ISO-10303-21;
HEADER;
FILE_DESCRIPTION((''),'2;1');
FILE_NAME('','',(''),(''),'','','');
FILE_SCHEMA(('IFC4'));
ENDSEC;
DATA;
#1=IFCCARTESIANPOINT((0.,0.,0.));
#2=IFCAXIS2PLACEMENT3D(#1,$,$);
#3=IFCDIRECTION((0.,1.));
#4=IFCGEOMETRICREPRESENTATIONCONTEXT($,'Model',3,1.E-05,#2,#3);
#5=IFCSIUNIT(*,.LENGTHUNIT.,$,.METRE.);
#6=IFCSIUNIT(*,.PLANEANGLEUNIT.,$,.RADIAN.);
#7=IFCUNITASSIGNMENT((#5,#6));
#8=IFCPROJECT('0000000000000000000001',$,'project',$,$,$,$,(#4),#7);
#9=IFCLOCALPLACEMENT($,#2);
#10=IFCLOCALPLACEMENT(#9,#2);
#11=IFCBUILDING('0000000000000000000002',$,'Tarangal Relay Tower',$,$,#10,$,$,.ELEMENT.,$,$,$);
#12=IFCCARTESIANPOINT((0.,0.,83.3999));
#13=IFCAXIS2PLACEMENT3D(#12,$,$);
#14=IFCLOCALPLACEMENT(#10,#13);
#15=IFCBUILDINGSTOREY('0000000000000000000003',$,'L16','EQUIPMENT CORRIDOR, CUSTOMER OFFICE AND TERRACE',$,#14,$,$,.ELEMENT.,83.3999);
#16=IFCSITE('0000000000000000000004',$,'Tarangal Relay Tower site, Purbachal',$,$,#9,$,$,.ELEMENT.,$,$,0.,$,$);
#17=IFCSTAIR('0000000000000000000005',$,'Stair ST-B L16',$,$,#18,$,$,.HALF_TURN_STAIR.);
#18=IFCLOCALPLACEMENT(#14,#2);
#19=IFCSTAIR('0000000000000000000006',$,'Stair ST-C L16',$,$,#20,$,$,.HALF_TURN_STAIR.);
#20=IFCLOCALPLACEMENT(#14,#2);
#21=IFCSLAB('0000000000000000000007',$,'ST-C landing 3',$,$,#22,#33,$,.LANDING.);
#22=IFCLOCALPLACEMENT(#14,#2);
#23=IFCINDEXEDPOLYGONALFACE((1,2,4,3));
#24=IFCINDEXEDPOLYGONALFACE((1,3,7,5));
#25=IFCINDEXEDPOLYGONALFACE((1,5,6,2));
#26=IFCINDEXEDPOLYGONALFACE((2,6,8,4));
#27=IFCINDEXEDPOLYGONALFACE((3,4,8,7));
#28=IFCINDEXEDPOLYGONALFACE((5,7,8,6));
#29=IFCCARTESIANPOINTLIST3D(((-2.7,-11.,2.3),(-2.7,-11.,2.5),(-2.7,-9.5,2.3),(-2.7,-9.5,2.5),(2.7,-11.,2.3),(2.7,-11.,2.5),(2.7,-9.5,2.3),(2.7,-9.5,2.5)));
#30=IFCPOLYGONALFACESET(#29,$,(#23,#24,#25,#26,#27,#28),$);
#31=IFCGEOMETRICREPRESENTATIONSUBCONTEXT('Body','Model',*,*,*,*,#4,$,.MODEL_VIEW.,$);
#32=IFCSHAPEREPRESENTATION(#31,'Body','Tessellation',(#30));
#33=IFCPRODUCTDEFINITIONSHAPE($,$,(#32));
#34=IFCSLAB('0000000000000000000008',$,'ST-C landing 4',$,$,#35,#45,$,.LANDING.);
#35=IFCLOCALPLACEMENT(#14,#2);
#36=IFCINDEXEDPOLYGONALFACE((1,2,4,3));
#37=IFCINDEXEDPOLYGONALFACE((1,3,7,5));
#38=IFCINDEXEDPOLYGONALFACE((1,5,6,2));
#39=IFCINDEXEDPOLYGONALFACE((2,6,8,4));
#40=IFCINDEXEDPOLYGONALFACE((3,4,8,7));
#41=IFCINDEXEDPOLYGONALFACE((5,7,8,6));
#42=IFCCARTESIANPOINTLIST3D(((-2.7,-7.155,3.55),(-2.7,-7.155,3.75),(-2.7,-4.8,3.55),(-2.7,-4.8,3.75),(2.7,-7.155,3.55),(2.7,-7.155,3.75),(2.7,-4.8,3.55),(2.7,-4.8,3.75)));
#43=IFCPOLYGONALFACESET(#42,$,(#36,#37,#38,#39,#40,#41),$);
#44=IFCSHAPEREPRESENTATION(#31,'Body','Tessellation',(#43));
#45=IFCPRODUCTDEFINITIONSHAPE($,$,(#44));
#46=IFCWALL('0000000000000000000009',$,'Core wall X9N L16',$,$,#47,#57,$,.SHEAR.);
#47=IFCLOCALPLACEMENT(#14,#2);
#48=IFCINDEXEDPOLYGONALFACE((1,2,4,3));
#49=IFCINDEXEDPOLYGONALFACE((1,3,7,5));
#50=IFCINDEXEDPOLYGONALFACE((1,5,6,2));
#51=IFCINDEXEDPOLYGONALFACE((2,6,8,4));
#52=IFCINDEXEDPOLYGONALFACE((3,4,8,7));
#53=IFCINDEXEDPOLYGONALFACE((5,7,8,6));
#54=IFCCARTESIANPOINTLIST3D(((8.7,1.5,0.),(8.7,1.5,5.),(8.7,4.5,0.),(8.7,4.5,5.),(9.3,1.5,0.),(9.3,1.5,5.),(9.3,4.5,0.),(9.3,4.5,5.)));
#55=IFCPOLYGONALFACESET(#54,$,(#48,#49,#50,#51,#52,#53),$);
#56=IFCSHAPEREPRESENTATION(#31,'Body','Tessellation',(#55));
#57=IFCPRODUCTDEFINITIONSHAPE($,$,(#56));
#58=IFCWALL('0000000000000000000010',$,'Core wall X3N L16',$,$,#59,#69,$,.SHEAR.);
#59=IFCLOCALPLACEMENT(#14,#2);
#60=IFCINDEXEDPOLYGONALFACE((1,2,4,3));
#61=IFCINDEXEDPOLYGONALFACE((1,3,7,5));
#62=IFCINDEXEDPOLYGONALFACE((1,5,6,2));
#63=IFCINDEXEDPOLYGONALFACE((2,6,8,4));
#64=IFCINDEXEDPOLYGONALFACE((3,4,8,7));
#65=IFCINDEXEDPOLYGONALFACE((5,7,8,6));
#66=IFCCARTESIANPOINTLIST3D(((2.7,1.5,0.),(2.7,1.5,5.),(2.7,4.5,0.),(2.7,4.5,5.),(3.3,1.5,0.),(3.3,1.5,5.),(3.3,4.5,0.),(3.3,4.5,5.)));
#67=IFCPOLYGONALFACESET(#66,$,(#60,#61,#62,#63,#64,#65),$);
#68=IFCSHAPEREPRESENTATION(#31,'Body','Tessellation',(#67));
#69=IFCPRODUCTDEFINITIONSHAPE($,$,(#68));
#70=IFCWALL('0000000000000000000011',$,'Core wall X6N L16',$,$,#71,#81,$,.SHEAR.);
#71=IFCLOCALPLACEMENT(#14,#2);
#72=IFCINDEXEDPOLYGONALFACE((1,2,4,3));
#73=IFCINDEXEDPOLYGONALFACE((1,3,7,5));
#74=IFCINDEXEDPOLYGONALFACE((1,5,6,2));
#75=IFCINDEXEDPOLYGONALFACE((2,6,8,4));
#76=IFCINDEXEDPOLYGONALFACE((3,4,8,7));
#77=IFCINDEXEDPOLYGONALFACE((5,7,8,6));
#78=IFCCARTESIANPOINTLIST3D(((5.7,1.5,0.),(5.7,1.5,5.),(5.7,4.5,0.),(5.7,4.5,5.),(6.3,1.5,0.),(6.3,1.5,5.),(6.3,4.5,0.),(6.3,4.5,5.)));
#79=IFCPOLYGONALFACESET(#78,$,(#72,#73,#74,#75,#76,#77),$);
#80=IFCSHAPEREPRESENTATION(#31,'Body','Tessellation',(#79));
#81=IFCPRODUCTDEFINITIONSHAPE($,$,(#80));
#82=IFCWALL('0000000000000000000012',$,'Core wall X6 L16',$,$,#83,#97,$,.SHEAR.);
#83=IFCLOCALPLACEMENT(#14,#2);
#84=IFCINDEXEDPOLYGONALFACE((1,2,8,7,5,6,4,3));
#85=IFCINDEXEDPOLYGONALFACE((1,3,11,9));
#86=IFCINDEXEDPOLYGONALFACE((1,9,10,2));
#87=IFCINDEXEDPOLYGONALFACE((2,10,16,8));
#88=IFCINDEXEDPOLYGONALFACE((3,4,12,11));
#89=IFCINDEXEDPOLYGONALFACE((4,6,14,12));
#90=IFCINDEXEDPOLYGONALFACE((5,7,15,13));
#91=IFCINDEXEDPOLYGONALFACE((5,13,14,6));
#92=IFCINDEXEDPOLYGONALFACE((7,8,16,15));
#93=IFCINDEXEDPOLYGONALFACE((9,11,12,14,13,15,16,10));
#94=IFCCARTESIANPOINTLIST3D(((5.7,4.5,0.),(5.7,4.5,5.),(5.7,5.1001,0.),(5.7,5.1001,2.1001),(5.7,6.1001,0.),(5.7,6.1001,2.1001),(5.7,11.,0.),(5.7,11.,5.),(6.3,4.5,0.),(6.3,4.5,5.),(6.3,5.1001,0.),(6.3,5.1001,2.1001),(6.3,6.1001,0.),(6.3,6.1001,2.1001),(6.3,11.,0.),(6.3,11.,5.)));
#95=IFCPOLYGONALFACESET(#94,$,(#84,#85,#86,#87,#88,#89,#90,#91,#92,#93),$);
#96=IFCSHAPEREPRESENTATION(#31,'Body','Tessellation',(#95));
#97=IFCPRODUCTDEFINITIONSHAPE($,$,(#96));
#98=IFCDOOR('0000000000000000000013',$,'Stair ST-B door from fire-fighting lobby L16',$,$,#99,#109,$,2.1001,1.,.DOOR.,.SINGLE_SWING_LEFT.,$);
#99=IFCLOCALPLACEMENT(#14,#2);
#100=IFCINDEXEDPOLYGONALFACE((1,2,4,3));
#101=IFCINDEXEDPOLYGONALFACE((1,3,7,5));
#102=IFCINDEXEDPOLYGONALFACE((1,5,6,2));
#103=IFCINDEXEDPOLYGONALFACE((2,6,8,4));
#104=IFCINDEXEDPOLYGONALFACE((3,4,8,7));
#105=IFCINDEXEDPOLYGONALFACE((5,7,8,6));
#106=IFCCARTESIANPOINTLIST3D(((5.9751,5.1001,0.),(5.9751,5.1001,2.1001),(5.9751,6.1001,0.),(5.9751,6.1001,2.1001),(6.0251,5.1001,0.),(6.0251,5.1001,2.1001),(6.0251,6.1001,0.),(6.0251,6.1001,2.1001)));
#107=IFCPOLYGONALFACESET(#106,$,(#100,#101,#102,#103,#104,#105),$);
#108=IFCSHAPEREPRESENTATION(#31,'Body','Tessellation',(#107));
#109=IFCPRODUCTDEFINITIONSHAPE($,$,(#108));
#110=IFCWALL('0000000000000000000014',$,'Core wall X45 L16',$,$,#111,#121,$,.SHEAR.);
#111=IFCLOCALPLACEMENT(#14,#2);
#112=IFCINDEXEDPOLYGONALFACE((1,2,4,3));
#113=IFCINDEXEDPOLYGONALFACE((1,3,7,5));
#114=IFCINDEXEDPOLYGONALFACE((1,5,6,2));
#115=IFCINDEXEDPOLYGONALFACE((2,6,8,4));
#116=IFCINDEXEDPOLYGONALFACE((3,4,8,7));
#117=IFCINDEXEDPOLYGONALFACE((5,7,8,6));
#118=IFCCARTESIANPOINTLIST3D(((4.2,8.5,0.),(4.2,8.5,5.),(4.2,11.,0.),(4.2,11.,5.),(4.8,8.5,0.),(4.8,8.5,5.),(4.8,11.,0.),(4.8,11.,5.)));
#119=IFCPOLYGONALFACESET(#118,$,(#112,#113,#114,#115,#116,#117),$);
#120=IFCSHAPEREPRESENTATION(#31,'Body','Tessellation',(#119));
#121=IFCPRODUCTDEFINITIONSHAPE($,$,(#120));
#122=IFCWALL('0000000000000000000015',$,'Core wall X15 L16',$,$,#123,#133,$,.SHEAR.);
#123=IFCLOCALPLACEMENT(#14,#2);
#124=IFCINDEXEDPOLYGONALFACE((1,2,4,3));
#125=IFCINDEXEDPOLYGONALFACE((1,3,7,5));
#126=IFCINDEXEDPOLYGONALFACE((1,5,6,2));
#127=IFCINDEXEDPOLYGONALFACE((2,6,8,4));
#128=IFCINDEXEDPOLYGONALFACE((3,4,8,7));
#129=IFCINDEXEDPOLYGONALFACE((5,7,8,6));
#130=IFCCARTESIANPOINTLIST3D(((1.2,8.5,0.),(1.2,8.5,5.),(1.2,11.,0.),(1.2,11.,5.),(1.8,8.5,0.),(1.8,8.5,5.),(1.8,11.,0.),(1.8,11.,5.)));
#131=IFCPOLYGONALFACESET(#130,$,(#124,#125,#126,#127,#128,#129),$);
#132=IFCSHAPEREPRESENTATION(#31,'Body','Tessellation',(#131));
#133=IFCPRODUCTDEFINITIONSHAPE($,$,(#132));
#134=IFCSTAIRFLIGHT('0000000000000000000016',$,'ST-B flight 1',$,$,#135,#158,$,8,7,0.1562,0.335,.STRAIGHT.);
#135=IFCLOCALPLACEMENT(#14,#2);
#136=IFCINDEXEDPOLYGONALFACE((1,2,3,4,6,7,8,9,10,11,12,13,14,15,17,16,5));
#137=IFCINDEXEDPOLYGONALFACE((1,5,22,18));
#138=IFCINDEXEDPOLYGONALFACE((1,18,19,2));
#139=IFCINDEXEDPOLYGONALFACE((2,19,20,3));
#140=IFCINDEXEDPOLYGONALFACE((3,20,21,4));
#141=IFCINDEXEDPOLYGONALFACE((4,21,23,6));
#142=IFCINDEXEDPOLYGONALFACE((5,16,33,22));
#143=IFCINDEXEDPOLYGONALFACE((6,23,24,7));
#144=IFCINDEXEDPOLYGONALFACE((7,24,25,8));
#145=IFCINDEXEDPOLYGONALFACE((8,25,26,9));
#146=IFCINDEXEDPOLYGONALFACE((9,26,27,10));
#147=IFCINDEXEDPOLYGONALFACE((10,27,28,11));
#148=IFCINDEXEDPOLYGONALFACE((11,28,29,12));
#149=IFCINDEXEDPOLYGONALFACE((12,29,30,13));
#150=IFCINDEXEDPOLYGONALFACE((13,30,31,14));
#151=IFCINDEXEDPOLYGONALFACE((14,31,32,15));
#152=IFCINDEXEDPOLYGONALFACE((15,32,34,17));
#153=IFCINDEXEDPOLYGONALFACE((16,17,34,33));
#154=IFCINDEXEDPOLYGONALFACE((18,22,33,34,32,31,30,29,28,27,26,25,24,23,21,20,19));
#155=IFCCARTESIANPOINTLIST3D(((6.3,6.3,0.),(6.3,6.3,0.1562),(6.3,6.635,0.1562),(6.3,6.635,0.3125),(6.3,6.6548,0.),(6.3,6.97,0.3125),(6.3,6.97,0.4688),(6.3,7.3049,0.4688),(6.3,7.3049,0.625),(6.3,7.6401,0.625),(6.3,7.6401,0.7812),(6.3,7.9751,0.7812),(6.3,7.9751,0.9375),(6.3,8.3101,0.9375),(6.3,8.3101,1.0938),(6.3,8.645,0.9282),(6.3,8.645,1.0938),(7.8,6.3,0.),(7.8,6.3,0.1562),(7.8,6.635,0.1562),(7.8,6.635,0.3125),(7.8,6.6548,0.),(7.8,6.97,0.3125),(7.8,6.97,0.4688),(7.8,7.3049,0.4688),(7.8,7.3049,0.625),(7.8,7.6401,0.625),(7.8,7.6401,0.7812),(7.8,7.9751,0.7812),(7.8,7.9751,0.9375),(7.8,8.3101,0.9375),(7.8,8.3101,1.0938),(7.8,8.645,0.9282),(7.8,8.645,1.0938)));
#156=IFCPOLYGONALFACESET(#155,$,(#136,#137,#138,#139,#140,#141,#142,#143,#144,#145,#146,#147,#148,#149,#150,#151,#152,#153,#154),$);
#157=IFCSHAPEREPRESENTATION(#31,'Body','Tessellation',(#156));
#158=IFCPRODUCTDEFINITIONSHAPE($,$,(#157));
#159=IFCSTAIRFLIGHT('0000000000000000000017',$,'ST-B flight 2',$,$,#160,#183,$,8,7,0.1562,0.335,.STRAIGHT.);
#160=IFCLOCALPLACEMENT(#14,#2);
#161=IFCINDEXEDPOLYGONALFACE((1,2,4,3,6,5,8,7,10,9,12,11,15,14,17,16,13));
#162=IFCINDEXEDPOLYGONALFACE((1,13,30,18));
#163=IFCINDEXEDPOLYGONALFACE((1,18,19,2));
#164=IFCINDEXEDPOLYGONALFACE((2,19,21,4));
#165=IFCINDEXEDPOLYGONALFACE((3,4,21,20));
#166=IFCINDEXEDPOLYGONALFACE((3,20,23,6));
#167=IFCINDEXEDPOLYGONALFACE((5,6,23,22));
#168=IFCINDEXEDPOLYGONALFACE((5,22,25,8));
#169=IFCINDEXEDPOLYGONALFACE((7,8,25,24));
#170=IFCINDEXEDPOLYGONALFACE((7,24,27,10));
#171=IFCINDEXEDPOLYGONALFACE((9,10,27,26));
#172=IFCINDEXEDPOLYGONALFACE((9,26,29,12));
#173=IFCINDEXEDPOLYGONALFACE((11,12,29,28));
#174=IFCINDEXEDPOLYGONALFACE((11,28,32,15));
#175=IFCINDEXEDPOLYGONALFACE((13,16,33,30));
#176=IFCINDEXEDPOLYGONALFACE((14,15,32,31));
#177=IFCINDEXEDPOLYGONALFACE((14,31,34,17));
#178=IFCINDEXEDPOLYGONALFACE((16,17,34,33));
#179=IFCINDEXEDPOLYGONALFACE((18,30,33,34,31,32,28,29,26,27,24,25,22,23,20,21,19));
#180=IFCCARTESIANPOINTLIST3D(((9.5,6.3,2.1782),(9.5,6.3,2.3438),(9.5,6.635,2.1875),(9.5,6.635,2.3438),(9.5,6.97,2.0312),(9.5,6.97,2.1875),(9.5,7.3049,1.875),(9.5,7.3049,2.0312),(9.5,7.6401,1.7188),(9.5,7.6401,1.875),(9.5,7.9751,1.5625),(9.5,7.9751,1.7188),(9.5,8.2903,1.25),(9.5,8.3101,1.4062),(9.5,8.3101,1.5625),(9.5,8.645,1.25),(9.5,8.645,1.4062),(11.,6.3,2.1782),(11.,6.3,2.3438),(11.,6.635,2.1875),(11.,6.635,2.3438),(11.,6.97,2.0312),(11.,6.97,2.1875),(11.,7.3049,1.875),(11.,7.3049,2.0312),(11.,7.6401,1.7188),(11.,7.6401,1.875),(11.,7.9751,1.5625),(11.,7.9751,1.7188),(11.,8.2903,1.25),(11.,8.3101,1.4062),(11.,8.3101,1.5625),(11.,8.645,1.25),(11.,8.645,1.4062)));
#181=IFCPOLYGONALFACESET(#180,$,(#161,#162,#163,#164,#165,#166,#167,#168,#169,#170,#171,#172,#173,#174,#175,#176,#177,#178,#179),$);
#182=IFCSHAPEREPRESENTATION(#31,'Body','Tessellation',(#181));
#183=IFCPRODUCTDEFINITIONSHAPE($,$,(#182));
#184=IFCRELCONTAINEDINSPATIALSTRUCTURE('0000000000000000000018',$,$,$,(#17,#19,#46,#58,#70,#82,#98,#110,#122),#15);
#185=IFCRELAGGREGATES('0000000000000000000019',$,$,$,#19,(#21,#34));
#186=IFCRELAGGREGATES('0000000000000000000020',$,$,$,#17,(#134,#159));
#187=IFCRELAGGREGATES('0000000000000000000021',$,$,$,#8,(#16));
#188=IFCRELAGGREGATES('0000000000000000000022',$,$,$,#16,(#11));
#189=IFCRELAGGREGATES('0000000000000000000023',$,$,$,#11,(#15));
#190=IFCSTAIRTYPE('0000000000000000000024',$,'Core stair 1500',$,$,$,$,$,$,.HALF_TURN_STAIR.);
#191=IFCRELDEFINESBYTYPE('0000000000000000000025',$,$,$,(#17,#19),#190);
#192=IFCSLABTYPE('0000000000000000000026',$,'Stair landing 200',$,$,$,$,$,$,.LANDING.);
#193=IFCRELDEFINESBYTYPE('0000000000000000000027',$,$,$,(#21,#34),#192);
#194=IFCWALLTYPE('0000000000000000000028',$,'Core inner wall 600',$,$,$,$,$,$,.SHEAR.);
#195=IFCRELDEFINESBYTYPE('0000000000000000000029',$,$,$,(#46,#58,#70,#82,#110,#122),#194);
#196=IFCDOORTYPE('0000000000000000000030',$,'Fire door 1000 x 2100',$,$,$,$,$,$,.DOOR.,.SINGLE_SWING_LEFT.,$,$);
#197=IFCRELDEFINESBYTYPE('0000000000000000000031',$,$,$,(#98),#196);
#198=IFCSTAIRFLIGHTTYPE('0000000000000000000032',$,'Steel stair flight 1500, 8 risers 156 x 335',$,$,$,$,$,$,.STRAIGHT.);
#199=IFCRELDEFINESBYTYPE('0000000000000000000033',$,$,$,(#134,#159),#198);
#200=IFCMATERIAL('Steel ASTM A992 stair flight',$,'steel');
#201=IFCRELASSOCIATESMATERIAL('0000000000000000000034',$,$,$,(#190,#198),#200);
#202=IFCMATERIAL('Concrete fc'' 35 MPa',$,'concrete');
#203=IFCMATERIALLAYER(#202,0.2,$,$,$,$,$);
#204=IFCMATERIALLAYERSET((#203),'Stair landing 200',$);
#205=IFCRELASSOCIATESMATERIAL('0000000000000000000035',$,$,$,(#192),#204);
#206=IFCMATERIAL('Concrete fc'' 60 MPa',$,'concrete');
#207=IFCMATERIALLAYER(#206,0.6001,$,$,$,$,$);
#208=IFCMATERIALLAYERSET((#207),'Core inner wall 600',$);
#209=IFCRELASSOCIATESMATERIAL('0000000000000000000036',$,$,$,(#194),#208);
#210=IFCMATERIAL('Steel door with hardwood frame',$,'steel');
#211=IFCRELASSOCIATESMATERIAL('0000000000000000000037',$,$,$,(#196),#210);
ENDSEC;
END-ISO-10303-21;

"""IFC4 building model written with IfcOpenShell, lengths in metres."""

from ifc_helpers import new_model, si_unit, direction, frame, frame_2d, origin, place, context, subcontext, project, spatial, polyline, rectangle, outline, extrude, material, layer, layer_set, type_object, element, fill, aggregate, save


model = new_model("IFC4")

# Units and contexts
model_context = context("Model", 3, precision=1e-05, world=origin(), true_north=direction((0.0, 1.0)))
body_context = subcontext(model_context, "Body", "Model", "MODEL_VIEW")
ifc_project = project(units=[si_unit("LENGTHUNIT", "METRE"), si_unit("PLANEANGLEUNIT", "RADIAN")], contexts=[model_context])

# Site, building, storey
site_placement = place(None, origin())
site = spatial("IfcSite", under=ifc_project, at=site_placement, Name="Tarangal Relay Tower site, Purbachal", CompositionType="ELEMENT", RefElevation=0.0)
building_placement = place(site_placement, origin())
building = spatial("IfcBuilding", under=site, at=building_placement, Name="Tarangal Relay Tower", CompositionType="ELEMENT")
storey_placement = place(building_placement, frame((0.0, 0.0, 83.3999)))
storey = spatial("IfcBuildingStorey", under=building, at=storey_placement, Name="L16", Description="EQUIPMENT CORRIDOR, CUSTOMER OFFICE AND TERRACE", CompositionType="ELEMENT", Elevation=83.3999)

# Stairs, slabs
ifc_material_1 = material(Name="Steel ASTM A992 stair flight", Category="steel")
stair_type = type_object("IfcStairType", Name="Core stair 1500", PredefinedType="HALF_TURN_STAIR", material=ifc_material_1)
ifc_material_2 = material(Name="Concrete fc' 35 MPa", Category="concrete")
ifc_layer_1 = layer(ifc_material_2, 0.2)
ifc_layer_set_1 = layer_set([ifc_layer_1], Name="Stair landing 200")
slab_type = type_object("IfcSlabType", Name="Stair landing 200", PredefinedType="LANDING", material=ifc_layer_set_1)
stair_1_placement = place(storey_placement, origin())
stair_1 = element("IfcStair", 1, at=stair_1_placement, inside=storey, type_object=stair_type, Name="Stair ST-B L16", PredefinedType="HALF_TURN_STAIR")
stair_2_placement = place(storey_placement, origin())
stair_2 = element("IfcStair", 2, at=stair_2_placement, inside=storey, type_object=stair_type, Name="Stair ST-C L16", PredefinedType="HALF_TURN_STAIR")
slab_1_placement = place(storey_placement, frame((0.0, 0.0, 2.3)))
slab_1 = element("IfcSlab", 3, at=slab_1_placement, type_object=slab_type, Name="ST-C landing 3", PredefinedType="LANDING", context=body_context, shape_type="SweptSolid", body=[
    extrude(outline(polyline([(-2.7, -11.0), (2.7, -11.0), (2.7, -9.5), (-2.7, -9.5), (-2.7, -11.0)])), origin(), (0.0, 0.0, 1.0), 0.2),
])
slab_2_placement = place(storey_placement, frame((0.0, 0.0, 3.55)))
slab_2 = element("IfcSlab", 4, at=slab_2_placement, type_object=slab_type, Name="ST-C landing 4", PredefinedType="LANDING", context=body_context, shape_type="SweptSolid", body=[
    extrude(outline(polyline([(-2.7, -7.155), (2.7, -7.155), (2.7, -4.8), (-2.7, -4.8), (-2.7, -7.155)])), origin(), (0.0, 0.0, 1.0), 0.2),
])
aggregate(stair_2, [slab_1, slab_2])

# Walls
ifc_material_3 = material(Name="Concrete fc' 60 MPa", Category="concrete")
ifc_layer_2 = layer(ifc_material_3, 0.6001)
ifc_layer_set_2 = layer_set([ifc_layer_2], Name="Core inner wall 600")
wall_type = type_object("IfcWallType", Name="Core inner wall 600", PredefinedType="SHEAR", material=ifc_layer_set_2)
for number, where, z_axis, x_axis, name in (
    (5, (9.0, 1.5, 0.0), (0.0, 0.0, 1.0), (0.0, 1.0, 0.0), "Core wall X9N L16"),
    (6, (3.0, 1.5, 0.0), (0.0, 0.0, 1.0), (0.0, 1.0, 0.0), "Core wall X3N L16"),
    (7, (6.0, 1.5, 0.0), (0.0, 0.0, 1.0), (0.0, 1.0, 0.0), "Core wall X6N L16"),
):
    element("IfcWall", number, at=place(storey_placement, frame(where, z_axis=z_axis, x_axis=x_axis)), inside=storey, type_object=wall_type, Name=name, PredefinedType="SHEAR", context=body_context, shape_type="SweptSolid", body=[
        extrude(rectangle(XDim=3.0, YDim=0.6001, at=frame_2d((1.5, 0.0))), origin(), (0.0, 0.0, 1.0), 5.0),
    ])

# Wall, opening, door
wall_placement = place(storey_placement, frame((6.0, 4.5, 0.0), z_axis=(0.0, 0.0, 1.0), x_axis=(0.0, 1.0, 0.0)))
wall = element("IfcWall", 8, at=wall_placement, inside=storey, type_object=wall_type, Name="Core wall X6 L16", PredefinedType="SHEAR", context=body_context, shape_type="SweptSolid", body=[
    extrude(rectangle(XDim=6.5, YDim=0.6001, at=frame_2d((3.25, 0.0))), origin(), (0.0, 0.0, 1.0), 5.0),
])
opening_placement = place(wall_placement, frame((0.6001, 0.0, 0.0)))
opening = element("IfcOpeningElement", 9, at=opening_placement, cuts=wall, PredefinedType="OPENING", context=body_context, shape_type="SweptSolid", body=[
    extrude(rectangle(XDim=1.0, YDim=2.1001, at=frame_2d((0.5, 1.05))), frame((0.0, 0.3101, 0.0), z_axis=(0.0, -1.0, 0.0), x_axis=(1.0, 0.0, 0.0)), (0.0, 0.0, 1.0), 0.6201),
])
ifc_material_4 = material(Name="Steel door with hardwood frame", Category="steel")
door_type = type_object("IfcDoorType", Name="Fire door 1000 x 2100", OperationType="SINGLE_SWING_LEFT", PredefinedType="DOOR", material=ifc_material_4)
door_placement = place(opening_placement, origin())
door = element("IfcDoor", 10, at=door_placement, inside=storey, type_object=door_type, Name="Stair ST-B door from fire-fighting lobby L16", OperationType="SINGLE_SWING_LEFT", OverallHeight=2.1001, OverallWidth=1.0, PredefinedType="DOOR", context=body_context, shape_type="SweptSolid", body=[
    extrude(rectangle(XDim=1.0, YDim=2.1001, at=frame_2d((0.5, 1.05))), frame((0.0, 0.0249, 0.0), z_axis=(0.0, -1.0, 0.0), x_axis=(1.0, 0.0, 0.0)), (0.0, 0.0, 1.0), 0.05),
])
fill(opening, door)

# Walls
for number, where, z_axis, x_axis, name in (
    (11, (4.5, 8.5, 0.0), (0.0, 0.0, 1.0), (0.0, 1.0, 0.0), "Core wall X45 L16"),
    (12, (1.5, 8.5, 0.0), (0.0, 0.0, 1.0), (0.0, 1.0, 0.0), "Core wall X15 L16"),
):
    element("IfcWall", number, at=place(storey_placement, frame(where, z_axis=z_axis, x_axis=x_axis)), inside=storey, type_object=wall_type, Name=name, PredefinedType="SHEAR", context=body_context, shape_type="SweptSolid", body=[
        extrude(rectangle(XDim=2.5, YDim=0.6001, at=frame_2d((1.25, 0.0))), origin(), (0.0, 0.0, 1.0), 5.0),
    ])

# Stair flights
stair_flight_type = type_object("IfcStairFlightType", Name="Steel stair flight 1500, 8 risers 156 x 335", PredefinedType="STRAIGHT", material=ifc_material_1)
stair_flight_1_placement = place(storey_placement, frame((7.05, 6.3, 0.0), z_axis=(0.0, 0.0, 1.0), x_axis=(0.0, 1.0, 0.0)))
stair_flight_1 = element("IfcStairFlight", 13, at=stair_flight_1_placement, type_object=stair_flight_type, Name="ST-B flight 1", NumberOfRisers=8, NumberOfTreads=7, PredefinedType="STRAIGHT", RiserHeight=0.1562, TreadLength=0.335, context=body_context, shape_type="SweptSolid", body=[
    extrude(outline(polyline([(0.0, 0.0), (0.0, 0.1562), (0.335, 0.1562), (0.335, 0.3125), (0.6699, 0.3125), (0.6699, 0.4688), (1.0049, 0.4688), (1.0049, 0.625), (1.3401, 0.625), (1.3401, 0.7812), (1.675, 0.7812), (1.675, 0.9375), (2.01, 0.9375), (2.01, 1.0938), (2.345, 1.0938), (2.345, 1.25), (2.345, 0.9282), (0.3547, 0.0), (0.0, 0.0)])), frame((0.0, 0.75, 0.0), z_axis=(0.0, -1.0, 0.0), x_axis=(1.0, 0.0, 0.0)), (0.0, 0.0, 1.0), 1.5),
])
stair_flight_2_placement = place(storey_placement, frame((10.25, 8.645, 1.25), z_axis=(0.0, 0.0, 1.0), x_axis=(0.0, -1.0, 0.0)))
stair_flight_2 = element("IfcStairFlight", 14, at=stair_flight_2_placement, type_object=stair_flight_type, Name="ST-B flight 2", NumberOfRisers=8, NumberOfTreads=7, PredefinedType="STRAIGHT", RiserHeight=0.1562, TreadLength=0.335, context=body_context, shape_type="SweptSolid", body=[
    extrude(outline(polyline([(0.0, 0.0), (0.0, 0.1562), (0.335, 0.1562), (0.335, 0.3125), (0.6699, 0.3125), (0.6699, 0.4688), (1.0049, 0.4688), (1.0049, 0.625), (1.3401, 0.625), (1.3401, 0.7812), (1.675, 0.7812), (1.675, 0.9375), (2.01, 0.9375), (2.01, 1.0938), (2.345, 1.0938), (2.345, 1.25), (2.345, 0.9282), (0.3547, 0.0), (0.0, 0.0)])), frame((0.0, 0.75, 0.0), z_axis=(0.0, -1.0, 0.0), x_axis=(1.0, 0.0, 0.0)), (0.0, 0.0, 1.0), 1.5),
])
aggregate(stair_1, [stair_flight_1, stair_flight_2])

save(model, "model.ifc")
